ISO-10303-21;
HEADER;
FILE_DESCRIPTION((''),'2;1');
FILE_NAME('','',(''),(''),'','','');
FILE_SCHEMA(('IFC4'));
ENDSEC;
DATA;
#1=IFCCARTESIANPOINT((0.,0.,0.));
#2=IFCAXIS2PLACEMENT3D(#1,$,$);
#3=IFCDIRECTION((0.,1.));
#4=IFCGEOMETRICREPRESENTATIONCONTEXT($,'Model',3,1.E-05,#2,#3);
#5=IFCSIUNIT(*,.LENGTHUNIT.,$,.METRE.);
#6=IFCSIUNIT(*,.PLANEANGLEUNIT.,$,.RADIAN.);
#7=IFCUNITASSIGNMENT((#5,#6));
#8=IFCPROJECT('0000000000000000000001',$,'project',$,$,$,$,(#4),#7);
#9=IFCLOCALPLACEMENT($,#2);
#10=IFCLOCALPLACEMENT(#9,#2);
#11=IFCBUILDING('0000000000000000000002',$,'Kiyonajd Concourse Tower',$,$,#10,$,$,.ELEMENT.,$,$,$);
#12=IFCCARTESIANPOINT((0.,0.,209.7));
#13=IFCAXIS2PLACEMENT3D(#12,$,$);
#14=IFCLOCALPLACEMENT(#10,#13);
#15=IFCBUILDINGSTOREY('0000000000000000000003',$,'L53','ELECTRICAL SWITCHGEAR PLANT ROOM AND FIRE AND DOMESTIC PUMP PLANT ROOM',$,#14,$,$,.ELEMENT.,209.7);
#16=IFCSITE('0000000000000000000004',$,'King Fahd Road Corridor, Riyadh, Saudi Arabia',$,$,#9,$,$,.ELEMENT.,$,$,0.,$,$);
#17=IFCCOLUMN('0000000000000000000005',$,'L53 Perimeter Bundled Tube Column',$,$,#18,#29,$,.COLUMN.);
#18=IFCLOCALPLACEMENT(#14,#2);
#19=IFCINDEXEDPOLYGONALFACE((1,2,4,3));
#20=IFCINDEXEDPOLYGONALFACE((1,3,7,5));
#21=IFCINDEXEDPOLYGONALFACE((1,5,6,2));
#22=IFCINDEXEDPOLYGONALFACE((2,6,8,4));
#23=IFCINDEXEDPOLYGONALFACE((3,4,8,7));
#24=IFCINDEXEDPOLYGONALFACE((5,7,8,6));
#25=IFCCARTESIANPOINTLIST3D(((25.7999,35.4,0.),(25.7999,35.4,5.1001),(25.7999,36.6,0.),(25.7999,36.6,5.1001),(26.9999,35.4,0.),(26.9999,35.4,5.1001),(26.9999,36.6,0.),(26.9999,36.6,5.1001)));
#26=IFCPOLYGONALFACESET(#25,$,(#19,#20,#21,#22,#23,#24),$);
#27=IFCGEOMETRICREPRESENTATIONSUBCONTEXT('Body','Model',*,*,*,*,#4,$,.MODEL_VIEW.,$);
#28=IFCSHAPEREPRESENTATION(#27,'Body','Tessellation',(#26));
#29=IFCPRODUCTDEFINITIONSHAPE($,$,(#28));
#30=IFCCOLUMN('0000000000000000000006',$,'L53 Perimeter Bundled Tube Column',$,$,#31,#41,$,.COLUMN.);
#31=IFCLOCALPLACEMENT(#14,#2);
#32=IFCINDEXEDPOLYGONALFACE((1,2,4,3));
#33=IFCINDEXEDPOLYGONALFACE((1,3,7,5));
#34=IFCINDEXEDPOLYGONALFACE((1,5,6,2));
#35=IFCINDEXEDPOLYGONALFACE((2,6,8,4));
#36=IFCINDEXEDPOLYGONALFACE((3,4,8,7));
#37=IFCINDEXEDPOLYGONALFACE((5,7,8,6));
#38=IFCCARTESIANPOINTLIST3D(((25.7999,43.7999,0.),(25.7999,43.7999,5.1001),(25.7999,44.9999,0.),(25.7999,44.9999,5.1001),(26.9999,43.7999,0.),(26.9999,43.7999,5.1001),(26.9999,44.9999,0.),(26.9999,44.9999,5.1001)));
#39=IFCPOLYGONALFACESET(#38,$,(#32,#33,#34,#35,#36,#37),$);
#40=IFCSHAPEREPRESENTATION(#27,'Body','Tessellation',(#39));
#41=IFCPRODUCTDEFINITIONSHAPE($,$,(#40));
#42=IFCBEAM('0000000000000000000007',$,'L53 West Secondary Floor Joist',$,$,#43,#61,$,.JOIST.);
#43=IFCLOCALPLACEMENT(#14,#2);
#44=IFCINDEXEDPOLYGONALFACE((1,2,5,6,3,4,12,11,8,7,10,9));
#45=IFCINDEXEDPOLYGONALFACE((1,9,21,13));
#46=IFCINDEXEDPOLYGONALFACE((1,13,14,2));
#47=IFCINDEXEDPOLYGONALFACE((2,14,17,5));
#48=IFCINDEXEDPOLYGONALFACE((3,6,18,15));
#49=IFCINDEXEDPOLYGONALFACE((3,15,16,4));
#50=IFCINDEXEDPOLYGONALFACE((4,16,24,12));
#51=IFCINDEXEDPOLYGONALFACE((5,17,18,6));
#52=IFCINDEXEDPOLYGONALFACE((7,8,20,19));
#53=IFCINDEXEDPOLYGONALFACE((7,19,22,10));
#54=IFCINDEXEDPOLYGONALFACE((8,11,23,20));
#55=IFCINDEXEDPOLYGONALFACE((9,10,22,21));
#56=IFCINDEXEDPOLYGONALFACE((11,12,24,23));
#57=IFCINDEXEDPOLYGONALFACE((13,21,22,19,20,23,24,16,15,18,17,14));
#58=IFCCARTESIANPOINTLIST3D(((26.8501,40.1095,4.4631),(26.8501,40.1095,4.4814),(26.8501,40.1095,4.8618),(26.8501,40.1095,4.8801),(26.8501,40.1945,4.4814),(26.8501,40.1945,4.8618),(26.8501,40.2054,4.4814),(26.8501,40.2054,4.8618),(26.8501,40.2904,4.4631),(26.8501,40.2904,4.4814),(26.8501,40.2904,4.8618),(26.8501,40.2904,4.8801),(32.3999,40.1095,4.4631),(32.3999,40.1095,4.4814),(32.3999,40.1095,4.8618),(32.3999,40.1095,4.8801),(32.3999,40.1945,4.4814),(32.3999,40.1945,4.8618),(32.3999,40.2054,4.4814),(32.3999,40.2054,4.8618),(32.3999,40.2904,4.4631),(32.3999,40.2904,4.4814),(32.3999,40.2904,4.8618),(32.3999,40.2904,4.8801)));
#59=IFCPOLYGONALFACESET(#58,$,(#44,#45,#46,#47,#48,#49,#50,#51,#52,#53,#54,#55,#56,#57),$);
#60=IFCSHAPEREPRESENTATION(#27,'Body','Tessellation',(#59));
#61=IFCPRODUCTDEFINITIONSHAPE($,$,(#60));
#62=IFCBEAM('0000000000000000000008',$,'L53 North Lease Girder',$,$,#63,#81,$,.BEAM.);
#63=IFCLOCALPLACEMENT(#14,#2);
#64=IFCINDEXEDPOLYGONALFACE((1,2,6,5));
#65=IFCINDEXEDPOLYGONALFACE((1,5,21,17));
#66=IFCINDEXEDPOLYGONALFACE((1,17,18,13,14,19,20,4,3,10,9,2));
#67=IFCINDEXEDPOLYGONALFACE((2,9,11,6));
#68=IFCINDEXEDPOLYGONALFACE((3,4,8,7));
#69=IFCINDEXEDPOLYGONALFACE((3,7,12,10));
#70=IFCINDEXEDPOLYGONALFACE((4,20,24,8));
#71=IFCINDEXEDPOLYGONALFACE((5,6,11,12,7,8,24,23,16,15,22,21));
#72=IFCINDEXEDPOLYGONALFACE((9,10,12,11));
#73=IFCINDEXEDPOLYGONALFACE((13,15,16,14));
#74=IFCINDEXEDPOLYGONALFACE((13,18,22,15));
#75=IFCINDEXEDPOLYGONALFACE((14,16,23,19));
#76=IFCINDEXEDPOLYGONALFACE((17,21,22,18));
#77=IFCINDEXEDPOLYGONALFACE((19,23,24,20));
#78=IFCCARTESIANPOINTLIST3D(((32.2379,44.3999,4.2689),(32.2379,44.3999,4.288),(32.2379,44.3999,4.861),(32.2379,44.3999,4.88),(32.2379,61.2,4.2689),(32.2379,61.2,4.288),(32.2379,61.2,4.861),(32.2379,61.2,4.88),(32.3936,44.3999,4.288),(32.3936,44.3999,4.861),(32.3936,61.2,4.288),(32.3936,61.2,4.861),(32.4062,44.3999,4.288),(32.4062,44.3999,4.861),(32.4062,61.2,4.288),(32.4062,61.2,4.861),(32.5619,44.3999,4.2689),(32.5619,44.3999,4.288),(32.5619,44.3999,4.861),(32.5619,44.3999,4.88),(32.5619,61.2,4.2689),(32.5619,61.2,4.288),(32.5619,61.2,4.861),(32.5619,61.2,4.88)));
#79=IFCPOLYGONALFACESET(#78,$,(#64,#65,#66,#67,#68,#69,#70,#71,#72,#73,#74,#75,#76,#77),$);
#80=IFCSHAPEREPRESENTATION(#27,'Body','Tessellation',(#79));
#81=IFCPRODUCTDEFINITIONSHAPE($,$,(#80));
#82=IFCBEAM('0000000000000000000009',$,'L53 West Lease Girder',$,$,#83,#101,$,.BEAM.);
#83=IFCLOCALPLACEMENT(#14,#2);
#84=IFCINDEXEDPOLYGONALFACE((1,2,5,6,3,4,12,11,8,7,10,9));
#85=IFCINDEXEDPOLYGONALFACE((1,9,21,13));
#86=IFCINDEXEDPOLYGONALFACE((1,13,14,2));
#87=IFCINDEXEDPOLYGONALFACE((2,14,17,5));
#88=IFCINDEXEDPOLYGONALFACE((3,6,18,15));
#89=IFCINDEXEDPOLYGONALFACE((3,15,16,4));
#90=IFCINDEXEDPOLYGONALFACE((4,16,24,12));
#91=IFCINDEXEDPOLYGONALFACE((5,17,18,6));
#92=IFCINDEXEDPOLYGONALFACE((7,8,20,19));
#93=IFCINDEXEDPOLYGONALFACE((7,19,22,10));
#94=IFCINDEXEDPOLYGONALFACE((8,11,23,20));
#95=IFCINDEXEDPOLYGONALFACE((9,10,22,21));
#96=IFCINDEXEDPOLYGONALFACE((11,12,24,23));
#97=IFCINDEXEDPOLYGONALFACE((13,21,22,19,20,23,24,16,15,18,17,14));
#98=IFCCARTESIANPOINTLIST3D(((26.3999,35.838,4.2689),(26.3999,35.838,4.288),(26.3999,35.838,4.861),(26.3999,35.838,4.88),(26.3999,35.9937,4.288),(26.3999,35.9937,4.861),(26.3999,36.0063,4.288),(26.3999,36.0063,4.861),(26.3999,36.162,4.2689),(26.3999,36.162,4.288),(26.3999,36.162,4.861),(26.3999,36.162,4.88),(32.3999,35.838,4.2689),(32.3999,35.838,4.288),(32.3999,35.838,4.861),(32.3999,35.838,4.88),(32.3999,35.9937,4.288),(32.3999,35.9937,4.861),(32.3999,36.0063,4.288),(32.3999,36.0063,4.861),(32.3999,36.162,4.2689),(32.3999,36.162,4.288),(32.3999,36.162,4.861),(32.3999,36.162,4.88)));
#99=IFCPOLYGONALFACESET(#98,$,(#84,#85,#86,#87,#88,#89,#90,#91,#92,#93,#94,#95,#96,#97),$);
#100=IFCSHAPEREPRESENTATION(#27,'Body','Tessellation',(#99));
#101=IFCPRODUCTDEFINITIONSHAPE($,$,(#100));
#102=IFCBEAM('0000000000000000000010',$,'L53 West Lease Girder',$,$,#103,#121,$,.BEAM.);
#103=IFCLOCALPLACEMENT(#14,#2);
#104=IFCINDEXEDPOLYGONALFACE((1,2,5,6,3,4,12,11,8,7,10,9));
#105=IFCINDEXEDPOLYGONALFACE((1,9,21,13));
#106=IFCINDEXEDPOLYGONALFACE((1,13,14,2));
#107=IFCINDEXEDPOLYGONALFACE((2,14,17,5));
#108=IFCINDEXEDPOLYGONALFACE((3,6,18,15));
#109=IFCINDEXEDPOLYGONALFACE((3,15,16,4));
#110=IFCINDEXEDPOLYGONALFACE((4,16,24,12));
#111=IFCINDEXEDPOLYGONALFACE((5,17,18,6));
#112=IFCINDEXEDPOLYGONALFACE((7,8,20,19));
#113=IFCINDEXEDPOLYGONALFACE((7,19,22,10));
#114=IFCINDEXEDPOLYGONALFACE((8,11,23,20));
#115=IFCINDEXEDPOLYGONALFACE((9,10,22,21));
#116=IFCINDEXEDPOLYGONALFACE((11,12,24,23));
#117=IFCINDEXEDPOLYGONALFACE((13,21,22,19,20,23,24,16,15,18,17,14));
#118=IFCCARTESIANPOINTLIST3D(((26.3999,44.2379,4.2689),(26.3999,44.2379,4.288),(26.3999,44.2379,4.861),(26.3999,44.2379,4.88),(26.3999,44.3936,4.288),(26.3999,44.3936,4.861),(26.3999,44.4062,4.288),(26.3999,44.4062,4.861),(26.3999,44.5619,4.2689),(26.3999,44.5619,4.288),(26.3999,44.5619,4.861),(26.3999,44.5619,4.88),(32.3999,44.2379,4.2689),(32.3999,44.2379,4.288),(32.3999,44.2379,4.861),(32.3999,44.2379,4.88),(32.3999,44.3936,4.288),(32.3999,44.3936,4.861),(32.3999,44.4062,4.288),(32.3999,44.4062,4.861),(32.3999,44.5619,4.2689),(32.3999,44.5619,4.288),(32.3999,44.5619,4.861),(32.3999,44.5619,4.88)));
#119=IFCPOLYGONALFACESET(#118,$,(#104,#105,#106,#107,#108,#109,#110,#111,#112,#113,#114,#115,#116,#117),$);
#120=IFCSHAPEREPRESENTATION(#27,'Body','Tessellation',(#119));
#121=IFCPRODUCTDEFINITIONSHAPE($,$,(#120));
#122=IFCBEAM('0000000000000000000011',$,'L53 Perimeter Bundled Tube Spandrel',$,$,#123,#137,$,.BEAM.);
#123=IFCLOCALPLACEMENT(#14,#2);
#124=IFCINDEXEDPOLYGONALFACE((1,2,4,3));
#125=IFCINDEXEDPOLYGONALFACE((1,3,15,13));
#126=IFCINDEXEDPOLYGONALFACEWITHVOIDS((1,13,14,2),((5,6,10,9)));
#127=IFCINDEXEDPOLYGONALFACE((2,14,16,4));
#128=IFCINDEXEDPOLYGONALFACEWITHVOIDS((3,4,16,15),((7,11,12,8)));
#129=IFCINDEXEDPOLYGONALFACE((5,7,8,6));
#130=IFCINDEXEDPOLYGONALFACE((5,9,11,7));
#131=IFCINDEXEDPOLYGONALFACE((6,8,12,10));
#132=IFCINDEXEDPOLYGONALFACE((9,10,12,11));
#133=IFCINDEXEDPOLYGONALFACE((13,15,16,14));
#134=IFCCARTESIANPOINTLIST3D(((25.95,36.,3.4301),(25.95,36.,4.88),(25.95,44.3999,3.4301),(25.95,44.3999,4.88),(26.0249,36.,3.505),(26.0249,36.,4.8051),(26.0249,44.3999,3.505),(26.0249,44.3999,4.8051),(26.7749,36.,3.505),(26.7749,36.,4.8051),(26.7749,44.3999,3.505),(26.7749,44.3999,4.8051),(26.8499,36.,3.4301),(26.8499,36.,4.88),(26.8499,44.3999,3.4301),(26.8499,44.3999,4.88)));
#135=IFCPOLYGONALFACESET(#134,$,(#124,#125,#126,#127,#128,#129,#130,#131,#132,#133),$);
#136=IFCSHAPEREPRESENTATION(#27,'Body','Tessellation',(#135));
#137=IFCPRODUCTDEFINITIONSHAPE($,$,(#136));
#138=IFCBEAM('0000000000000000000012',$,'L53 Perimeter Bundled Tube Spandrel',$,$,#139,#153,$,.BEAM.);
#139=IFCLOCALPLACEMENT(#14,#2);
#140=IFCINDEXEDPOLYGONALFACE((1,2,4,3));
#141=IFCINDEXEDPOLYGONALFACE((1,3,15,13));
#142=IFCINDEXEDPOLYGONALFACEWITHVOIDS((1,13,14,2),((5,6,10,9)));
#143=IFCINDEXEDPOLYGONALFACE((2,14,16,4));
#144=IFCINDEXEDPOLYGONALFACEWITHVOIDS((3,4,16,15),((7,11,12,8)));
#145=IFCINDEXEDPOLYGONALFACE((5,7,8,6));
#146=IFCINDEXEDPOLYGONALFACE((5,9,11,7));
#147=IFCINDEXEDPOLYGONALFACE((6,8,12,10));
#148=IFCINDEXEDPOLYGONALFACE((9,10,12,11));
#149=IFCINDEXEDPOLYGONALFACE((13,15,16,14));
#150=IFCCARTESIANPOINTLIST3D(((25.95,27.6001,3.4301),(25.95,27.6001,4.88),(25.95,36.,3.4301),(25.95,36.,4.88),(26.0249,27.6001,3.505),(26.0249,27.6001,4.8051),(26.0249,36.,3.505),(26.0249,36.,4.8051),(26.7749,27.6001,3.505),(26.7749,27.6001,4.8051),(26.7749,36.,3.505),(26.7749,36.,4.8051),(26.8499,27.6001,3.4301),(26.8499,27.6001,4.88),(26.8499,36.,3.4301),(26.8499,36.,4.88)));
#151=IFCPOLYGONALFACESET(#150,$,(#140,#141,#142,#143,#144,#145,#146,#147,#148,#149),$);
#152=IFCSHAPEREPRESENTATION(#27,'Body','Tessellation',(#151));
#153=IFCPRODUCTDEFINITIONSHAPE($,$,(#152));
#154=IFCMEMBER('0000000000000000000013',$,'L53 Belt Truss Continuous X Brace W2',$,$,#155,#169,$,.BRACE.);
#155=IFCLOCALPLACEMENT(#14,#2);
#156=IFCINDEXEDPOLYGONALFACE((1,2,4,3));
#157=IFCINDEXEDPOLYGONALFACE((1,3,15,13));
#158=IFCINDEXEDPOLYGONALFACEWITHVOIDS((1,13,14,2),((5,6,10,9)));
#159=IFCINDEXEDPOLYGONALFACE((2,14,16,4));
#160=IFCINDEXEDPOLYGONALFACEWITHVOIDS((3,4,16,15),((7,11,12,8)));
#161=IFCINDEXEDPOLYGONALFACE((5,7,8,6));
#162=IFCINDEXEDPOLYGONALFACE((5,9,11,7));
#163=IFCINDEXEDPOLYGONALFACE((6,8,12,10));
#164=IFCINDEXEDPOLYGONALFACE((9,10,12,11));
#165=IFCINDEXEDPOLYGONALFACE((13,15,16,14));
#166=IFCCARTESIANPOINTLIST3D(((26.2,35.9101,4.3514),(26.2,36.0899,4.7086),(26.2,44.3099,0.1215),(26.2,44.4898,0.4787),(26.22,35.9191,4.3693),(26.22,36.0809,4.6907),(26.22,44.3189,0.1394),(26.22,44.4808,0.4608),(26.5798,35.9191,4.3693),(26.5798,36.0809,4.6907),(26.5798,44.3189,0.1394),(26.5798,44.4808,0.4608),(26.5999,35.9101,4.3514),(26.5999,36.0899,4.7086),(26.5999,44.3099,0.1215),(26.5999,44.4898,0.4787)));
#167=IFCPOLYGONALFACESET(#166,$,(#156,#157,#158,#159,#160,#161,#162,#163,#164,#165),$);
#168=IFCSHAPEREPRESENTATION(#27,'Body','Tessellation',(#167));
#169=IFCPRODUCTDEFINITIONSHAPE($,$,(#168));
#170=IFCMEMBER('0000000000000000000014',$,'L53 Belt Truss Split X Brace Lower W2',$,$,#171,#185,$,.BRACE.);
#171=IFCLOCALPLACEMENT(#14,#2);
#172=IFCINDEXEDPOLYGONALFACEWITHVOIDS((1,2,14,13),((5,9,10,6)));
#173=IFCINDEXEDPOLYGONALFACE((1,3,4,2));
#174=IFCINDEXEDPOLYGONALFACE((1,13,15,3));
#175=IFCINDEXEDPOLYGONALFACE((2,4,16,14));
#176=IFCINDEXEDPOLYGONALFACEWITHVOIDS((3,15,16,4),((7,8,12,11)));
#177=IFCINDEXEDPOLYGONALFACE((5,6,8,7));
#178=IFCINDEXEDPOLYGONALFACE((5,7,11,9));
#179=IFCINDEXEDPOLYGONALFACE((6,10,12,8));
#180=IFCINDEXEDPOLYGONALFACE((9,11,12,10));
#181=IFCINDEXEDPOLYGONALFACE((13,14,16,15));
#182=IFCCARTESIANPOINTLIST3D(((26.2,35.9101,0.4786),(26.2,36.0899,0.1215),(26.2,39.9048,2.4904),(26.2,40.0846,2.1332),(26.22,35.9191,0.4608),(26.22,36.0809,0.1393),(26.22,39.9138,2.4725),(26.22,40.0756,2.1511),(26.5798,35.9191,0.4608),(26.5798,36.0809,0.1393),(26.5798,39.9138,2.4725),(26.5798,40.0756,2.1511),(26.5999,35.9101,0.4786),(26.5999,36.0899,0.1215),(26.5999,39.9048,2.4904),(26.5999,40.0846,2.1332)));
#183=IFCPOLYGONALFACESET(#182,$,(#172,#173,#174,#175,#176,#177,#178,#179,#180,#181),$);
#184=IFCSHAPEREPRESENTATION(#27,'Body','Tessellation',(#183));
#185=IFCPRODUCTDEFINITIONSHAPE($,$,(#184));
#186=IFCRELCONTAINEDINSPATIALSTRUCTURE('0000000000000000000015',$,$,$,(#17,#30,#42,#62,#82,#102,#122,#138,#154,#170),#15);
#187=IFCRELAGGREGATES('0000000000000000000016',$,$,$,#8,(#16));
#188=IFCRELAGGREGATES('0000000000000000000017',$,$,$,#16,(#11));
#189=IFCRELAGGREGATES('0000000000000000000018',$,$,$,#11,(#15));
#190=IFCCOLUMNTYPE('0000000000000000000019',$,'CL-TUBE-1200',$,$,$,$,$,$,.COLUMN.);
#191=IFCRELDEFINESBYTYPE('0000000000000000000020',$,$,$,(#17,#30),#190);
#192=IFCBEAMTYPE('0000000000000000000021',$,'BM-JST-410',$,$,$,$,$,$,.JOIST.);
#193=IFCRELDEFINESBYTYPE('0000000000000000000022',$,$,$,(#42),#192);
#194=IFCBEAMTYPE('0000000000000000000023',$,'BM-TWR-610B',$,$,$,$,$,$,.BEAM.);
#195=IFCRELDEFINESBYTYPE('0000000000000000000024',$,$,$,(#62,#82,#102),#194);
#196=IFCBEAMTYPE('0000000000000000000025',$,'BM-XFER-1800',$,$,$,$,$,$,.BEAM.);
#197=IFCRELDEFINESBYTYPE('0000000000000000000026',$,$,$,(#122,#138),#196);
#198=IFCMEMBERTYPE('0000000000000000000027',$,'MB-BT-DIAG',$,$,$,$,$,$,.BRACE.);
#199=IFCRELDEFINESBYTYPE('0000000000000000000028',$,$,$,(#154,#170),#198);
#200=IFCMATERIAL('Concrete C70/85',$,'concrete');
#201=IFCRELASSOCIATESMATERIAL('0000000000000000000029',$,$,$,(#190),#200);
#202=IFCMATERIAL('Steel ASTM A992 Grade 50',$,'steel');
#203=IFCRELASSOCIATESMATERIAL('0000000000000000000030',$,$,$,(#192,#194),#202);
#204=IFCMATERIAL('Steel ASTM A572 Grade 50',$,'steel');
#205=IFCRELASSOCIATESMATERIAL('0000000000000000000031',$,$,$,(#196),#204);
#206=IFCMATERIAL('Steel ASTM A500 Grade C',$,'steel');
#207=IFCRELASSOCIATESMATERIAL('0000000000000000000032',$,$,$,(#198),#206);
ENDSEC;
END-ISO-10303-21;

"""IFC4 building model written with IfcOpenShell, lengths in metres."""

from ifc_helpers import new_model, si_unit, direction, frame, origin, origin_2d, place, context, subcontext, project, spatial, rectangle, hollow_rectangle, i_section, extrude, material, material_profile, profile_set, type_object, element, save


model = new_model("IFC4")

# Units and contexts
model_context = context("Model", 3, precision=1e-05, world=origin(), true_north=direction((0.0, 1.0)))
body_context = subcontext(model_context, "Body", "Model", "MODEL_VIEW")
ifc_project = project(units=[si_unit("LENGTHUNIT", "METRE"), si_unit("PLANEANGLEUNIT", "RADIAN")], contexts=[model_context])

# Site, building, storey
site_placement = place(None, origin())
site = spatial("IfcSite", under=ifc_project, at=site_placement, Name="King Fahd Road Corridor, Riyadh, Saudi Arabia", CompositionType="ELEMENT", RefElevation=0.0)
building_placement = place(site_placement, origin())
building = spatial("IfcBuilding", under=site, at=building_placement, Name="Kiyonajd Concourse Tower", CompositionType="ELEMENT")
storey_placement = place(building_placement, frame((0.0, 0.0, 209.7)))
storey = spatial("IfcBuildingStorey", under=building, at=storey_placement, Name="L53", Description="ELECTRICAL SWITCHGEAR PLANT ROOM AND FIRE AND DOMESTIC PUMP PLANT ROOM", CompositionType="ELEMENT", Elevation=209.7)

# Columns
ifc_material_1 = material(Name="Concrete C70/85", Category="concrete")
ifc_material_profile_1 = material_profile(ifc_material_1, rectangle(XDim=1.2, YDim=1.2, at=origin_2d()), Name="RC-1200x1200")
ifc_profile_set_1 = profile_set([ifc_material_profile_1], Name="Concrete C70/85")
column_type = type_object("IfcColumnType", Name="CL-TUBE-1200", PredefinedType="COLUMN", material=ifc_profile_set_1)
for number, where, z_axis, x_axis, name in (
    (1, (26.3999, 36.0, 0.0), (0.0, 0.0, 1.0), (1.0, 0.0, 0.0), "L53 Perimeter Bundled Tube Column"),
    (2, (26.3999, 44.3999, 0.0), (0.0, 0.0, 1.0), (1.0, 0.0, 0.0), "L53 Perimeter Bundled Tube Column"),
):
    element("IfcColumn", number, at=place(storey_placement, frame(where, z_axis=z_axis, x_axis=x_axis)), inside=storey, type_object=column_type, Name=name, PredefinedType="COLUMN", context=body_context, shape_type="SweptSolid", body=[
        extrude(rectangle(XDim=1.2, YDim=1.2, at=origin_2d()), origin(), (0.0, 0.0, 1.0), 5.1001),
    ])

# Beams
ifc_material_2 = material(Name="Steel ASTM A992 Grade 50", Category="steel")
ifc_material_profile_2 = material_profile(ifc_material_2, i_section(OverallWidth=0.1809, OverallDepth=0.417, WebThickness=0.011, FlangeThickness=0.0183, at=origin_2d()), Name="W410X85")
ifc_profile_set_2 = profile_set([ifc_material_profile_2], Name="Steel ASTM A992 Grade 50")
beam_type_1 = type_object("IfcBeamType", Name="BM-JST-410", PredefinedType="JOIST", material=ifc_profile_set_2)
beam_1_placement = place(storey_placement, frame((26.8501, 40.2, 4.6716), z_axis=(1.0, 0.0, 0.0), x_axis=(0.0, 1.0, 0.0)))
element("IfcBeam", 3, at=beam_1_placement, inside=storey, type_object=beam_type_1, Name="L53 West Secondary Floor Joist", PredefinedType="JOIST", context=body_context, shape_type="SweptSolid", body=[
    extrude(i_section(OverallWidth=0.1809, OverallDepth=0.417, WebThickness=0.011, FlangeThickness=0.0183, at=origin_2d()), origin(), (0.0, 0.0, 1.0), 5.5498),
])
ifc_material_profile_3 = material_profile(ifc_material_2, i_section(OverallWidth=0.324, OverallDepth=0.6111, WebThickness=0.0127, FlangeThickness=0.019, at=origin_2d()), Name="W610X155")
ifc_profile_set_3 = profile_set([ifc_material_profile_3], Name="Steel ASTM A992 Grade 50")
beam_type_2 = type_object("IfcBeamType", Name="BM-TWR-610B", PredefinedType="BEAM", material=ifc_profile_set_3)
beam_2_placement = place(storey_placement, frame((32.3999, 44.3999, 4.5745), z_axis=(0.0, 1.0, 0.0), x_axis=(-1.0, 0.0, 0.0)))
element("IfcBeam", 4, at=beam_2_placement, inside=storey, type_object=beam_type_2, Name="L53 North Lease Girder", PredefinedType="BEAM", context=body_context, shape_type="SweptSolid", body=[
    extrude(i_section(OverallWidth=0.324, OverallDepth=0.6111, WebThickness=0.0127, FlangeThickness=0.019, at=origin_2d()), origin(), (0.0, 0.0, 1.0), 16.8),
])
for number, where, z_axis, x_axis, name in (
    (5, (26.3999, 36.0, 4.5745), (1.0, 0.0, 0.0), (0.0, 1.0, 0.0), "L53 West Lease Girder"),
    (6, (26.3999, 44.3999, 4.5745), (1.0, 0.0, 0.0), (0.0, 1.0, 0.0), "L53 West Lease Girder"),
):
    element("IfcBeam", number, at=place(storey_placement, frame(where, z_axis=z_axis, x_axis=x_axis)), inside=storey, type_object=beam_type_2, Name=name, PredefinedType="BEAM", context=body_context, shape_type="SweptSolid", body=[
        extrude(i_section(OverallWidth=0.324, OverallDepth=0.6111, WebThickness=0.0127, FlangeThickness=0.019, at=origin_2d()), origin(), (0.0, 0.0, 1.0), 6.0),
    ])
ifc_material_3 = material(Name="Steel ASTM A572 Grade 50", Category="steel")
ifc_material_profile_4 = material_profile(ifc_material_3, hollow_rectangle(XDim=0.8999, YDim=1.45, WallThickness=0.075, at=origin_2d()), Name="BOX-1450x900x75")
ifc_profile_set_4 = profile_set([ifc_material_profile_4], Name="Steel ASTM A572 Grade 50")
beam_type_3 = type_object("IfcBeamType", Name="BM-XFER-1800", PredefinedType="BEAM", material=ifc_profile_set_4)
for number, where, z_axis, x_axis, name in (
    (7, (26.3999, 44.3999, 4.155), (0.0, -1.0, 0.0), (1.0, 0.0, 0.0), "L53 Perimeter Bundled Tube Spandrel"),
    (8, (26.3999, 36.0, 4.155), (0.0, -1.0, 0.0), (1.0, 0.0, 0.0), "L53 Perimeter Bundled Tube Spandrel"),
):
    element("IfcBeam", number, at=place(storey_placement, frame(where, z_axis=z_axis, x_axis=x_axis)), inside=storey, type_object=beam_type_3, Name=name, PredefinedType="BEAM", context=body_context, shape_type="SweptSolid", body=[
        extrude(hollow_rectangle(XDim=0.8999, YDim=1.45, WallThickness=0.075, at=origin_2d()), origin(), (0.0, 0.0, 1.0), 8.3999),
    ])

# Members
ifc_material_4 = material(Name="Steel ASTM A500 Grade C", Category="steel")
ifc_material_profile_5 = material_profile(ifc_material_4, hollow_rectangle(XDim=0.3999, YDim=0.3999, WallThickness=0.02, at=origin_2d()), Name="HSS-400x400x20")
ifc_profile_set_5 = profile_set([ifc_material_profile_5], Name="Steel ASTM A500 Grade C")
member_type_1 = type_object("IfcMemberType", Name="MB-BT-DIAG", PredefinedType="BRACE", material=ifc_profile_set_5)
member_1_placement = place(storey_placement, frame((26.3999, 36.0, 4.53), z_axis=(0.0, 0.893146, -0.449766), x_axis=(-1.0, 0.0, 0.0)))
element("IfcMember", 9, at=member_1_placement, inside=storey, type_object=member_type_1, Name="L53 Belt Truss Continuous X Brace W2", PredefinedType="BRACE", context=body_context, shape_type="SweptSolid", body=[
    extrude(hollow_rectangle(XDim=0.3999, YDim=0.3999, WallThickness=0.02, at=origin_2d()), origin(), (0.0, 0.0, 1.0), 9.4048),
])
member_2_placement = place(storey_placement, frame((26.3999, 36.0, 0.3), z_axis=(0.0, 0.893135, 0.449788), x_axis=(-1.0, 0.0, 0.0)))
element("IfcMember", 10, at=member_2_placement, inside=storey, type_object=member_type_1, Name="L53 Belt Truss Split X Brace Lower W2", PredefinedType="BRACE", context=body_context, shape_type="SweptSolid", body=[
    extrude(hollow_rectangle(XDim=0.3999, YDim=0.3999, WallThickness=0.02, at=origin_2d()), origin(), (0.0, 0.0, 1.0), 4.4727),
])

save(model, "model.ifc")
